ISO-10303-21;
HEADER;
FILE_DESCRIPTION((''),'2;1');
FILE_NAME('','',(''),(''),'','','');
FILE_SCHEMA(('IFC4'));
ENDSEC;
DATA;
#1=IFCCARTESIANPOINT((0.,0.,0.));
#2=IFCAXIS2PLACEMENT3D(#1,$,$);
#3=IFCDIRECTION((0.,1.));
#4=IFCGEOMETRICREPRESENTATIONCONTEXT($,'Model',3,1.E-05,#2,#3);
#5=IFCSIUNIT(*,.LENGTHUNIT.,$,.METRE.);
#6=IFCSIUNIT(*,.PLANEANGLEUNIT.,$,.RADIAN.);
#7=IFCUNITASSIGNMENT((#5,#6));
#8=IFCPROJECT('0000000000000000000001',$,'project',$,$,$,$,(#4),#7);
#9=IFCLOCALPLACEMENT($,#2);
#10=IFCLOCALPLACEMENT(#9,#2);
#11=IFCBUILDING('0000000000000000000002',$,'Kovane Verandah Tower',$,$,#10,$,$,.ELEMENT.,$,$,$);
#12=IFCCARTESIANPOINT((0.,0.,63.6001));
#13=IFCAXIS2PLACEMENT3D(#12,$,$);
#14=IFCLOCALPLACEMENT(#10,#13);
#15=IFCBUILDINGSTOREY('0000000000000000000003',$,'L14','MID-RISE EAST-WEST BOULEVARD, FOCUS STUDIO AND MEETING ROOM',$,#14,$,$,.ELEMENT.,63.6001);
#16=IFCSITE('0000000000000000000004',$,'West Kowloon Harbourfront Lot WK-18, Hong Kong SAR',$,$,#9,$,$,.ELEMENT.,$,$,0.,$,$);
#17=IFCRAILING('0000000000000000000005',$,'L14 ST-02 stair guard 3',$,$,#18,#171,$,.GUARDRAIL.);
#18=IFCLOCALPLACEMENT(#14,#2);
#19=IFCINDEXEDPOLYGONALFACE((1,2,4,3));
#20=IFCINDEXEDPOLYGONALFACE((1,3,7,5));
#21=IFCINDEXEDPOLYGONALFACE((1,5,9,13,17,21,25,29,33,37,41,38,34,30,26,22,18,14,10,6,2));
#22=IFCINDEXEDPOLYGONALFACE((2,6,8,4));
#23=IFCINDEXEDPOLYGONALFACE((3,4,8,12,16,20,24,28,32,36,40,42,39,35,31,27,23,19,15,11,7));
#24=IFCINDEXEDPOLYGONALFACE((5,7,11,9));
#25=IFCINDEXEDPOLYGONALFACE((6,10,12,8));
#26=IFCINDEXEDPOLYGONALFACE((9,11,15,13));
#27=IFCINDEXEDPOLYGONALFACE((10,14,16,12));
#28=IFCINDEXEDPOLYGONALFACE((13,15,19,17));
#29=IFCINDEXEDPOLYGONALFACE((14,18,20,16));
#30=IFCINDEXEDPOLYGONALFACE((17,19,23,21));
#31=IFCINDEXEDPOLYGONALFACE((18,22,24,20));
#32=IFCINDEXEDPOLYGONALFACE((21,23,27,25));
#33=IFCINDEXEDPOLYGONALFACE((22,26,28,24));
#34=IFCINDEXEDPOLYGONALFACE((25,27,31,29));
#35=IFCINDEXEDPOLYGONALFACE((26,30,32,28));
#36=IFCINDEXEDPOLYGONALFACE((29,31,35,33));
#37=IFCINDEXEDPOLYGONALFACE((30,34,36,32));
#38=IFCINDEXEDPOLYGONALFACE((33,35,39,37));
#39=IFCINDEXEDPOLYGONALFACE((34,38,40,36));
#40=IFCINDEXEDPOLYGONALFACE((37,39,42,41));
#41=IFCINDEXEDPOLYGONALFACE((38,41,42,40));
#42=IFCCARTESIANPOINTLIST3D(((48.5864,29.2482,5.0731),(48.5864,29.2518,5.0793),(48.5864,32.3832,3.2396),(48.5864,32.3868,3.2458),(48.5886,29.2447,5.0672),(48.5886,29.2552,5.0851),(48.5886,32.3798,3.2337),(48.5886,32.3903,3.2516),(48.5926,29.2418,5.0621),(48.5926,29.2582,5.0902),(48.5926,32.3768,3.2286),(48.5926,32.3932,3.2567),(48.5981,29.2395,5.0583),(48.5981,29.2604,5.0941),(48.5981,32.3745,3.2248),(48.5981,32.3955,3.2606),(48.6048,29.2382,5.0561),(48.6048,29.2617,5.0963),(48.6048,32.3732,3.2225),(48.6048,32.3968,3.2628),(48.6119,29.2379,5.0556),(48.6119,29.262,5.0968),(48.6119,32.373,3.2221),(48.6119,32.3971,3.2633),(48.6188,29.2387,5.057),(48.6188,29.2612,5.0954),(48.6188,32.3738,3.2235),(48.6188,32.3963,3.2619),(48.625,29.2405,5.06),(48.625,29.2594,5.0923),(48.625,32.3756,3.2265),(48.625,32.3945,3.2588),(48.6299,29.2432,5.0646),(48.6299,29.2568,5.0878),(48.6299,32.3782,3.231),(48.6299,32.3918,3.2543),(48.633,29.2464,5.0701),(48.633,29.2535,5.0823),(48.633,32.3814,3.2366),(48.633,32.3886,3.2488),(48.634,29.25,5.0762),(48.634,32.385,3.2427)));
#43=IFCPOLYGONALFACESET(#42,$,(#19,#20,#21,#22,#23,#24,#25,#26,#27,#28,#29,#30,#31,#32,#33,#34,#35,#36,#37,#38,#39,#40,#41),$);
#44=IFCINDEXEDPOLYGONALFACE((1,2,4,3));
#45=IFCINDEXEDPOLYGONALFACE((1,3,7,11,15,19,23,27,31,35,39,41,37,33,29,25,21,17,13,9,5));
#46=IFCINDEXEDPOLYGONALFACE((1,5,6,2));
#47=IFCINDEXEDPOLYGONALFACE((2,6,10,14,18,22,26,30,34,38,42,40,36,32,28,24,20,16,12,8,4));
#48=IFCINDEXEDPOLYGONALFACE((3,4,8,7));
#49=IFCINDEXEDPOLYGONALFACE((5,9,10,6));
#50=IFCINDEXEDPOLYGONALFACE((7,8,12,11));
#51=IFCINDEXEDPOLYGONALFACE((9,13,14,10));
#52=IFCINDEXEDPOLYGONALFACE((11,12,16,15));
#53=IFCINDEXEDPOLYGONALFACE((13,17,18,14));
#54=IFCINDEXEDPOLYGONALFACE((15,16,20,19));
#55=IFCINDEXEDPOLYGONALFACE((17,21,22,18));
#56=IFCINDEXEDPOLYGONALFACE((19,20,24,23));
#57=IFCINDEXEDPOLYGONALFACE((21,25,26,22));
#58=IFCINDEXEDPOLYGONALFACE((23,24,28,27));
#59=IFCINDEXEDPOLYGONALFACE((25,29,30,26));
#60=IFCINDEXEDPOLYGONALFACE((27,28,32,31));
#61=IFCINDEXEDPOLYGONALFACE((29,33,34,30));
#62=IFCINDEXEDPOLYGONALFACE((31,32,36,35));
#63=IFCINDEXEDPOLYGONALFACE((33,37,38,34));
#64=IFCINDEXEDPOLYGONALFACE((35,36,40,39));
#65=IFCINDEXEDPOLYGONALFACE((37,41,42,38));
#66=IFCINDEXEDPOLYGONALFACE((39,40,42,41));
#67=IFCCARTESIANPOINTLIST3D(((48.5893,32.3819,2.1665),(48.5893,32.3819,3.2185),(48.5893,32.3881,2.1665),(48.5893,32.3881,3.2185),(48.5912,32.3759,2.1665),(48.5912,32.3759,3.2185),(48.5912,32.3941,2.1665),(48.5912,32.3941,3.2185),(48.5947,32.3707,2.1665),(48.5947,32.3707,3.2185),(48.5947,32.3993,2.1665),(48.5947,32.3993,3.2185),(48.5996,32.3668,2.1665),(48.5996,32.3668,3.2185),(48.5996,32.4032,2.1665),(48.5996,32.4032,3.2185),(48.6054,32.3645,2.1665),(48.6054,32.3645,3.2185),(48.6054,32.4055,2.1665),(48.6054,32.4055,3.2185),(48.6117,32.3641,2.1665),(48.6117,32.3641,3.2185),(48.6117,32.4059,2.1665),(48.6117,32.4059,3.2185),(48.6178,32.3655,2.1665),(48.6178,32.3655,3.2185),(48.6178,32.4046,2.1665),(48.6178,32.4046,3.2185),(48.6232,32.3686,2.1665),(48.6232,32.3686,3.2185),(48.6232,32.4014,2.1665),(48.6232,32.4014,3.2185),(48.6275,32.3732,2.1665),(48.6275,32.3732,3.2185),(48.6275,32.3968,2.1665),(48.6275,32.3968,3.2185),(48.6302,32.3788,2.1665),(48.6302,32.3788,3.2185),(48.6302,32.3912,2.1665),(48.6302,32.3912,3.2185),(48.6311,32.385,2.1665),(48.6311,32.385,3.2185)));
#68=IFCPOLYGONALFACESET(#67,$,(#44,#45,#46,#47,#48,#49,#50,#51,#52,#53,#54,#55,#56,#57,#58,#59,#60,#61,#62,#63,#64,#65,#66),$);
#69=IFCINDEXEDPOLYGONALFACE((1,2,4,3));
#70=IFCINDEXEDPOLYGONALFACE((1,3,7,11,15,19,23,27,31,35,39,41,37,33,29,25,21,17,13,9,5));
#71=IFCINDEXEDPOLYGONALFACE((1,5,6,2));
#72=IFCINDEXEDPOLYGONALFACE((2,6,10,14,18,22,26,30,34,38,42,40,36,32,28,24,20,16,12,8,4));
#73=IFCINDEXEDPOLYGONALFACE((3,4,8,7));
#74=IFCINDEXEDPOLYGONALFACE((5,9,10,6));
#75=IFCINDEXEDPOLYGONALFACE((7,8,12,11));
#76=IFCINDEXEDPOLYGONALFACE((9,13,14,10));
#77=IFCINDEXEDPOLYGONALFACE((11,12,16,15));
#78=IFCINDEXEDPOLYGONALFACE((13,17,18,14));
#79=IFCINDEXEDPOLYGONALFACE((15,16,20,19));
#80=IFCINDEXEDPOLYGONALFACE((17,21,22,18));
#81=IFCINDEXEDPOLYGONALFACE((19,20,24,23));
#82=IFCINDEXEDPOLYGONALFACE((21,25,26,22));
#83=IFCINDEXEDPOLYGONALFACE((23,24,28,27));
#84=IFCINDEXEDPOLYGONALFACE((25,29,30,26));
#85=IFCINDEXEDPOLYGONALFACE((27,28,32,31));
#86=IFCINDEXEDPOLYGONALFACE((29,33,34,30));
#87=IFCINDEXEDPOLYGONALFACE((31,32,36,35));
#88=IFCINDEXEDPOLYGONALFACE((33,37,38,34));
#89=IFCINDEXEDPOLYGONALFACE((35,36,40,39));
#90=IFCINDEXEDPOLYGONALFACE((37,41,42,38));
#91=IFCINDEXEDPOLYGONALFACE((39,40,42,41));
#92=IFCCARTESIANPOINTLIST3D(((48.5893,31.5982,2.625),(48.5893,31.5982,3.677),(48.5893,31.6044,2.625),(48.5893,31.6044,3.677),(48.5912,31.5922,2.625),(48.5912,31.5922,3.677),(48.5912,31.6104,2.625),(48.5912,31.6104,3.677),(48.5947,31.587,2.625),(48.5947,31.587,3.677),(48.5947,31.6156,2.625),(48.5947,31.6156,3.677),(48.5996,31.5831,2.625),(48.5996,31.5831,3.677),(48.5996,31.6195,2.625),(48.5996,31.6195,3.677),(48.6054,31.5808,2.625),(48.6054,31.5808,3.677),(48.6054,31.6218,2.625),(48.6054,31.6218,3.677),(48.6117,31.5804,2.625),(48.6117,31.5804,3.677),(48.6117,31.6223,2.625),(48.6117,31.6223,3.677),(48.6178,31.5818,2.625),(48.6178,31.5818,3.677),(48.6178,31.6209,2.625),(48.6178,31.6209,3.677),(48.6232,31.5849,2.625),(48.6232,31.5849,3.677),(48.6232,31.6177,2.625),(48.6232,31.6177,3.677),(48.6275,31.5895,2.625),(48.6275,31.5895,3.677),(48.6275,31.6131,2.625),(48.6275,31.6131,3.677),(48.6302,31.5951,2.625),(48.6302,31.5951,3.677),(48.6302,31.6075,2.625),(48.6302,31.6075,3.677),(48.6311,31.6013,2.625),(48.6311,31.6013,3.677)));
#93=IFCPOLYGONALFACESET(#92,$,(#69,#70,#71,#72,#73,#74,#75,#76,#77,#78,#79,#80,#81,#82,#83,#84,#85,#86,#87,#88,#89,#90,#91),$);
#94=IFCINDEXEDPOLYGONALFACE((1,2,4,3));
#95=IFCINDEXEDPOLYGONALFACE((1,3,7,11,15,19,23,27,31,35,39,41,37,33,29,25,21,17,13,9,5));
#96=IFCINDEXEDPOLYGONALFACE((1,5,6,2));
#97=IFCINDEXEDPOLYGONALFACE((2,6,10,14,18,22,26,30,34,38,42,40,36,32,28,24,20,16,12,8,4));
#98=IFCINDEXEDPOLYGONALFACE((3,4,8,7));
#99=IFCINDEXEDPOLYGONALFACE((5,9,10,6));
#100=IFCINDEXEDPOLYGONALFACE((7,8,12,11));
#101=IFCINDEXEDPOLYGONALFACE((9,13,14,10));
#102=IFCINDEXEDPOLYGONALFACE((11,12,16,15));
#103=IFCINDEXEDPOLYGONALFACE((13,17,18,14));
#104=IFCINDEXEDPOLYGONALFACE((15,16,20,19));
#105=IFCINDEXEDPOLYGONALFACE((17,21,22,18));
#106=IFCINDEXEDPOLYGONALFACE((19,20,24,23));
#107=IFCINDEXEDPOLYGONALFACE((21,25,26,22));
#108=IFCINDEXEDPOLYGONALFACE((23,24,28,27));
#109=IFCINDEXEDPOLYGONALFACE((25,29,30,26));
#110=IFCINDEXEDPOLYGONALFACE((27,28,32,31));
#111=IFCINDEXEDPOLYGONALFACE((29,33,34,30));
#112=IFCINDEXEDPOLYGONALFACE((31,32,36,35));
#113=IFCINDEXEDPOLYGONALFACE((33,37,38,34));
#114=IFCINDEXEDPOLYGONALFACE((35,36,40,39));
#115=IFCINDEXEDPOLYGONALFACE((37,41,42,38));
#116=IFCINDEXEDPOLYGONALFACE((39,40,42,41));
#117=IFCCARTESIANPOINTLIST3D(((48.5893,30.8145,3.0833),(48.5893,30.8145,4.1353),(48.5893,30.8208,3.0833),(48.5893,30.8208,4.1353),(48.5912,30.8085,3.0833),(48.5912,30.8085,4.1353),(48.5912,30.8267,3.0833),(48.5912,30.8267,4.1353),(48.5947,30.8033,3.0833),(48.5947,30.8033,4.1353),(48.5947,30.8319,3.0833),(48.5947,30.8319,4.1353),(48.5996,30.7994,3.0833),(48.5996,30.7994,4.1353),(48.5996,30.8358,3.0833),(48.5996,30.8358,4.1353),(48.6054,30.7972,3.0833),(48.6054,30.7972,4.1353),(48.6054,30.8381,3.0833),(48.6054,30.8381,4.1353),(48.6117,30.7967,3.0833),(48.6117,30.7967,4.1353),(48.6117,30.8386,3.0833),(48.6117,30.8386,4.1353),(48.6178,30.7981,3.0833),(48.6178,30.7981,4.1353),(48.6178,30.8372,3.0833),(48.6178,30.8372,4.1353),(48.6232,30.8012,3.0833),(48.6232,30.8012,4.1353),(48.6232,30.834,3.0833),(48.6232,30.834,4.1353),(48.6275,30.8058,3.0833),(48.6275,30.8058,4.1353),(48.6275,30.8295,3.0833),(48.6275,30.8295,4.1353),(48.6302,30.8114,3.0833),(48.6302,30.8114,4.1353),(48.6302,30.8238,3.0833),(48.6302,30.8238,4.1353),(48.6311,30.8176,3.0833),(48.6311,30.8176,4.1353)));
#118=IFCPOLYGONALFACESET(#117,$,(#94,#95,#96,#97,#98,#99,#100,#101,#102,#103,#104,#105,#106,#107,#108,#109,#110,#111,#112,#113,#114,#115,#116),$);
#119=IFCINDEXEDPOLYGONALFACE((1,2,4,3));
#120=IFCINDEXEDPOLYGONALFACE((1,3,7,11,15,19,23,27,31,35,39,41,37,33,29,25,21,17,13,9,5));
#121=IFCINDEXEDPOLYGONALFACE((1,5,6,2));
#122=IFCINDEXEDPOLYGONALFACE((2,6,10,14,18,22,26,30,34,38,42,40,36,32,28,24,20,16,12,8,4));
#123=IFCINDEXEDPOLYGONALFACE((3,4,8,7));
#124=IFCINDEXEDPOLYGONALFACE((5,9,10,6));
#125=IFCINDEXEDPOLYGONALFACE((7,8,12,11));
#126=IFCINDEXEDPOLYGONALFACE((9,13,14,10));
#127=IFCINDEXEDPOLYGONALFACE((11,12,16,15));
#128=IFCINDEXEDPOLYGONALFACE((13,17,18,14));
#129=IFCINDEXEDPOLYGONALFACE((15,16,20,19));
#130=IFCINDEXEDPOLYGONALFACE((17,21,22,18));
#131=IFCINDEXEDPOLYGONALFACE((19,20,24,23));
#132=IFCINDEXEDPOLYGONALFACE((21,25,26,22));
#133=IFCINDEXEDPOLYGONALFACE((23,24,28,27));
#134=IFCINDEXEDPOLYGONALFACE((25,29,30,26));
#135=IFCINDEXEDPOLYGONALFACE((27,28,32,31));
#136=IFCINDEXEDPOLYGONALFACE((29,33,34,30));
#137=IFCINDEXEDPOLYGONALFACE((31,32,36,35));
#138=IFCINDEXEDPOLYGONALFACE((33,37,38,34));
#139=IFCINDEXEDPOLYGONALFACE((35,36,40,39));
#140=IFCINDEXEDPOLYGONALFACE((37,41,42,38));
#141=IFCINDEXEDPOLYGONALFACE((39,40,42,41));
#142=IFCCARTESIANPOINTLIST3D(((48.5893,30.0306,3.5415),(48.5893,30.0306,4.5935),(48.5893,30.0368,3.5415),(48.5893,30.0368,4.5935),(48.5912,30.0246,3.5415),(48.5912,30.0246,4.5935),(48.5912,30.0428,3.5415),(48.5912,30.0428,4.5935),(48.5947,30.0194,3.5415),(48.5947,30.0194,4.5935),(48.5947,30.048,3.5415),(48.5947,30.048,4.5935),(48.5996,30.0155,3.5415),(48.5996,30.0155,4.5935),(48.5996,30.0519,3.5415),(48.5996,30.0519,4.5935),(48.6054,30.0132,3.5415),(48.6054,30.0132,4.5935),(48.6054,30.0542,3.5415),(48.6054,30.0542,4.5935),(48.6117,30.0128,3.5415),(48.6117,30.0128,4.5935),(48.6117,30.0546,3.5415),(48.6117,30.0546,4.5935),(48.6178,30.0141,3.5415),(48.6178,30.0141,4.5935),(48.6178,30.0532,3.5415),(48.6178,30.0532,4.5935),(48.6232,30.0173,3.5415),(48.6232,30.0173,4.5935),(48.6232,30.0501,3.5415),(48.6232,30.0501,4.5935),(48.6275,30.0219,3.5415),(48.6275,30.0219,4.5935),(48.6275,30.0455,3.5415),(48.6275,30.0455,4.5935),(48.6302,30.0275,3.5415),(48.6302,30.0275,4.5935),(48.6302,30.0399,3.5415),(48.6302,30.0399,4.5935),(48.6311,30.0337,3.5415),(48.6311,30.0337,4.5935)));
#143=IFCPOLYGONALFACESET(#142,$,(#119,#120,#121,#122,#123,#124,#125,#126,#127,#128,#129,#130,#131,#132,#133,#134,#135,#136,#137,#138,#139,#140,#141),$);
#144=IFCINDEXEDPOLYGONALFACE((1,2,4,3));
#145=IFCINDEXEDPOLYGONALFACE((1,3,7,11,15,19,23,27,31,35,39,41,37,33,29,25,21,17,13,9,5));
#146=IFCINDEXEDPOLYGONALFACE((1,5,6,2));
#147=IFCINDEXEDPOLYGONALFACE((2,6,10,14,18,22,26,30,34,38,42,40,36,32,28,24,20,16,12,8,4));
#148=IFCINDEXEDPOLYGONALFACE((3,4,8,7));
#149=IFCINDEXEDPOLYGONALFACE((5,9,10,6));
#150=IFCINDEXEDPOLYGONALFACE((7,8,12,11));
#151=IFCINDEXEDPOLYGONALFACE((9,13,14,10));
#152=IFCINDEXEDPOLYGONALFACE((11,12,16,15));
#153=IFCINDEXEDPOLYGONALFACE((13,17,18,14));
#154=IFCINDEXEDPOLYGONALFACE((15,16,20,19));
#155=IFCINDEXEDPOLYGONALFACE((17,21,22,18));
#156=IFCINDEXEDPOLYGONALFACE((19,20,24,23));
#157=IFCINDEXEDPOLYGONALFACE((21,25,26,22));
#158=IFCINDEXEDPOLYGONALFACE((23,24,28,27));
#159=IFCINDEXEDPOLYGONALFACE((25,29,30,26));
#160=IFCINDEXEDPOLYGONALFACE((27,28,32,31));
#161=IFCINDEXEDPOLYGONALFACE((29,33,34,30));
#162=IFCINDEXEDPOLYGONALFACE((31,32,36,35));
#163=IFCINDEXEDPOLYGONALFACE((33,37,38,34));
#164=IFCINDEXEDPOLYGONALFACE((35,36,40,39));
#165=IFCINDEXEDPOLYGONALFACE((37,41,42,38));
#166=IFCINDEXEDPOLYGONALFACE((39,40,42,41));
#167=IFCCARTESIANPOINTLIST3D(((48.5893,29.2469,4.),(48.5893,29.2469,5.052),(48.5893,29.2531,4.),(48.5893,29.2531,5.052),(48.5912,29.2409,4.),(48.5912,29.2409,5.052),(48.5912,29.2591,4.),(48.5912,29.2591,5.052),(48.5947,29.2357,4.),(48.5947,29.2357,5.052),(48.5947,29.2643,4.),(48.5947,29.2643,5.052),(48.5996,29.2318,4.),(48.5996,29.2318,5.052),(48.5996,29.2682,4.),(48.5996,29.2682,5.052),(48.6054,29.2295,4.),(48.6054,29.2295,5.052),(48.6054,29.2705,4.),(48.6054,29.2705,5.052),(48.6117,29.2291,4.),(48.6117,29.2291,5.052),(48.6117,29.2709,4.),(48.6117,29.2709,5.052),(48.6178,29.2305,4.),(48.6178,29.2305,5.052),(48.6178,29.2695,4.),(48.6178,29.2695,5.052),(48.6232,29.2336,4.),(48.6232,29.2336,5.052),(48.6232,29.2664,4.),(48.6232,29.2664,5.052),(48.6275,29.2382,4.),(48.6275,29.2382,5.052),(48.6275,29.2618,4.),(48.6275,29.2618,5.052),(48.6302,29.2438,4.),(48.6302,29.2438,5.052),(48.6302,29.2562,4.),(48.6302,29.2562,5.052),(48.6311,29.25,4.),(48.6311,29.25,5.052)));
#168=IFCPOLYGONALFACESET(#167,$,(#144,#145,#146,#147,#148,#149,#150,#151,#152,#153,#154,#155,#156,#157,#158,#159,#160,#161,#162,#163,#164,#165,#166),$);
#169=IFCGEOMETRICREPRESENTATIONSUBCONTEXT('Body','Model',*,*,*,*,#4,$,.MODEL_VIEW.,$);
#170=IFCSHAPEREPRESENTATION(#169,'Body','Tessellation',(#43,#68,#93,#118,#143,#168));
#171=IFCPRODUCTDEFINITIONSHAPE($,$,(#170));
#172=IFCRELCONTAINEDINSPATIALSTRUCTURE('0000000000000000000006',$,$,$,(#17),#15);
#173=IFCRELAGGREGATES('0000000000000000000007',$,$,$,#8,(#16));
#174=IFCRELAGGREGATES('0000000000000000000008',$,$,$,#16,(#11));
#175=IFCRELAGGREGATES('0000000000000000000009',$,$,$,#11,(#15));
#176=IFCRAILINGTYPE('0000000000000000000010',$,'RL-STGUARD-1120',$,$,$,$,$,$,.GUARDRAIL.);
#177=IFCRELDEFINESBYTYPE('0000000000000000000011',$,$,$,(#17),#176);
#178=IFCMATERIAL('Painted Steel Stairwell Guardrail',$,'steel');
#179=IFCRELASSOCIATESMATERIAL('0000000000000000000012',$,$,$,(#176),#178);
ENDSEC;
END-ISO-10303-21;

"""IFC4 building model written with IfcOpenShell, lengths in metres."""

from ifc_helpers import new_model, si_unit, direction, frame, origin, origin_2d, place, context, subcontext, project, spatial, circle, extrude, material, type_object, element, save


model = new_model("IFC4")

# Units and contexts
model_context = context("Model", 3, precision=1e-05, world=origin(), true_north=direction((0.0, 1.0)))
body_context = subcontext(model_context, "Body", "Model", "MODEL_VIEW")
ifc_project = project(units=[si_unit("LENGTHUNIT", "METRE"), si_unit("PLANEANGLEUNIT", "RADIAN")], contexts=[model_context])

# Site, building, storey
site_placement = place(None, origin())
site = spatial("IfcSite", under=ifc_project, at=site_placement, Name="West Kowloon Harbourfront Lot WK-18, Hong Kong SAR", CompositionType="ELEMENT", RefElevation=0.0)
building_placement = place(site_placement, origin())
building = spatial("IfcBuilding", under=site, at=building_placement, Name="Kovane Verandah Tower", CompositionType="ELEMENT")
storey_placement = place(building_placement, frame((0.0, 0.0, 63.6001)))
storey = spatial("IfcBuildingStorey", under=building, at=storey_placement, Name="L14", Description="MID-RISE EAST-WEST BOULEVARD, FOCUS STUDIO AND MEETING ROOM", CompositionType="ELEMENT", Elevation=63.6001)

# Railing
ifc_material_1 = material(Name="Painted Steel Stairwell Guardrail", Category="steel")
railing_type_1 = type_object("IfcRailingType", Name="RL-STGUARD-1120", PredefinedType="GUARDRAIL", material=ifc_material_1)
railing_1_placement = place(storey_placement, frame((48.6101, 32.385, 2.1665)))
element("IfcRailing", 1, at=railing_1_placement, inside=storey, type_object=railing_type_1, Name="L14 ST-02 stair guard 3", PredefinedType="GUARDRAIL", context=body_context, shape_type="SweptSolid", body=[
    extrude(circle(Radius=0.0239, at=origin_2d()), frame((0.0, 0.0, 1.0762), z_axis=(0.0, -0.86321, 0.504845), x_axis=(1.0, 0.0, 0.0)), (0.0, 0.0, 1.0), 3.6318),
    extrude(circle(Radius=0.021, at=origin_2d()), origin(), (0.0, 0.0, 1.0), 1.052),
    extrude(circle(Radius=0.021, at=origin_2d()), frame((0.0, -0.7837, 0.4585)), (0.0, 0.0, 1.0), 1.052),
    extrude(circle(Radius=0.021, at=origin_2d()), frame((0.0, -1.5674, 0.9167)), (0.0, 0.0, 1.0), 1.052),
    extrude(circle(Radius=0.021, at=origin_2d()), frame((0.0, -2.3513, 1.375)), (0.0, 0.0, 1.0), 1.052),
    extrude(circle(Radius=0.021, at=origin_2d()), frame((0.0, -3.135, 1.8335)), (0.0, 0.0, 1.0), 1.052),
])

save(model, "model.ifc")
